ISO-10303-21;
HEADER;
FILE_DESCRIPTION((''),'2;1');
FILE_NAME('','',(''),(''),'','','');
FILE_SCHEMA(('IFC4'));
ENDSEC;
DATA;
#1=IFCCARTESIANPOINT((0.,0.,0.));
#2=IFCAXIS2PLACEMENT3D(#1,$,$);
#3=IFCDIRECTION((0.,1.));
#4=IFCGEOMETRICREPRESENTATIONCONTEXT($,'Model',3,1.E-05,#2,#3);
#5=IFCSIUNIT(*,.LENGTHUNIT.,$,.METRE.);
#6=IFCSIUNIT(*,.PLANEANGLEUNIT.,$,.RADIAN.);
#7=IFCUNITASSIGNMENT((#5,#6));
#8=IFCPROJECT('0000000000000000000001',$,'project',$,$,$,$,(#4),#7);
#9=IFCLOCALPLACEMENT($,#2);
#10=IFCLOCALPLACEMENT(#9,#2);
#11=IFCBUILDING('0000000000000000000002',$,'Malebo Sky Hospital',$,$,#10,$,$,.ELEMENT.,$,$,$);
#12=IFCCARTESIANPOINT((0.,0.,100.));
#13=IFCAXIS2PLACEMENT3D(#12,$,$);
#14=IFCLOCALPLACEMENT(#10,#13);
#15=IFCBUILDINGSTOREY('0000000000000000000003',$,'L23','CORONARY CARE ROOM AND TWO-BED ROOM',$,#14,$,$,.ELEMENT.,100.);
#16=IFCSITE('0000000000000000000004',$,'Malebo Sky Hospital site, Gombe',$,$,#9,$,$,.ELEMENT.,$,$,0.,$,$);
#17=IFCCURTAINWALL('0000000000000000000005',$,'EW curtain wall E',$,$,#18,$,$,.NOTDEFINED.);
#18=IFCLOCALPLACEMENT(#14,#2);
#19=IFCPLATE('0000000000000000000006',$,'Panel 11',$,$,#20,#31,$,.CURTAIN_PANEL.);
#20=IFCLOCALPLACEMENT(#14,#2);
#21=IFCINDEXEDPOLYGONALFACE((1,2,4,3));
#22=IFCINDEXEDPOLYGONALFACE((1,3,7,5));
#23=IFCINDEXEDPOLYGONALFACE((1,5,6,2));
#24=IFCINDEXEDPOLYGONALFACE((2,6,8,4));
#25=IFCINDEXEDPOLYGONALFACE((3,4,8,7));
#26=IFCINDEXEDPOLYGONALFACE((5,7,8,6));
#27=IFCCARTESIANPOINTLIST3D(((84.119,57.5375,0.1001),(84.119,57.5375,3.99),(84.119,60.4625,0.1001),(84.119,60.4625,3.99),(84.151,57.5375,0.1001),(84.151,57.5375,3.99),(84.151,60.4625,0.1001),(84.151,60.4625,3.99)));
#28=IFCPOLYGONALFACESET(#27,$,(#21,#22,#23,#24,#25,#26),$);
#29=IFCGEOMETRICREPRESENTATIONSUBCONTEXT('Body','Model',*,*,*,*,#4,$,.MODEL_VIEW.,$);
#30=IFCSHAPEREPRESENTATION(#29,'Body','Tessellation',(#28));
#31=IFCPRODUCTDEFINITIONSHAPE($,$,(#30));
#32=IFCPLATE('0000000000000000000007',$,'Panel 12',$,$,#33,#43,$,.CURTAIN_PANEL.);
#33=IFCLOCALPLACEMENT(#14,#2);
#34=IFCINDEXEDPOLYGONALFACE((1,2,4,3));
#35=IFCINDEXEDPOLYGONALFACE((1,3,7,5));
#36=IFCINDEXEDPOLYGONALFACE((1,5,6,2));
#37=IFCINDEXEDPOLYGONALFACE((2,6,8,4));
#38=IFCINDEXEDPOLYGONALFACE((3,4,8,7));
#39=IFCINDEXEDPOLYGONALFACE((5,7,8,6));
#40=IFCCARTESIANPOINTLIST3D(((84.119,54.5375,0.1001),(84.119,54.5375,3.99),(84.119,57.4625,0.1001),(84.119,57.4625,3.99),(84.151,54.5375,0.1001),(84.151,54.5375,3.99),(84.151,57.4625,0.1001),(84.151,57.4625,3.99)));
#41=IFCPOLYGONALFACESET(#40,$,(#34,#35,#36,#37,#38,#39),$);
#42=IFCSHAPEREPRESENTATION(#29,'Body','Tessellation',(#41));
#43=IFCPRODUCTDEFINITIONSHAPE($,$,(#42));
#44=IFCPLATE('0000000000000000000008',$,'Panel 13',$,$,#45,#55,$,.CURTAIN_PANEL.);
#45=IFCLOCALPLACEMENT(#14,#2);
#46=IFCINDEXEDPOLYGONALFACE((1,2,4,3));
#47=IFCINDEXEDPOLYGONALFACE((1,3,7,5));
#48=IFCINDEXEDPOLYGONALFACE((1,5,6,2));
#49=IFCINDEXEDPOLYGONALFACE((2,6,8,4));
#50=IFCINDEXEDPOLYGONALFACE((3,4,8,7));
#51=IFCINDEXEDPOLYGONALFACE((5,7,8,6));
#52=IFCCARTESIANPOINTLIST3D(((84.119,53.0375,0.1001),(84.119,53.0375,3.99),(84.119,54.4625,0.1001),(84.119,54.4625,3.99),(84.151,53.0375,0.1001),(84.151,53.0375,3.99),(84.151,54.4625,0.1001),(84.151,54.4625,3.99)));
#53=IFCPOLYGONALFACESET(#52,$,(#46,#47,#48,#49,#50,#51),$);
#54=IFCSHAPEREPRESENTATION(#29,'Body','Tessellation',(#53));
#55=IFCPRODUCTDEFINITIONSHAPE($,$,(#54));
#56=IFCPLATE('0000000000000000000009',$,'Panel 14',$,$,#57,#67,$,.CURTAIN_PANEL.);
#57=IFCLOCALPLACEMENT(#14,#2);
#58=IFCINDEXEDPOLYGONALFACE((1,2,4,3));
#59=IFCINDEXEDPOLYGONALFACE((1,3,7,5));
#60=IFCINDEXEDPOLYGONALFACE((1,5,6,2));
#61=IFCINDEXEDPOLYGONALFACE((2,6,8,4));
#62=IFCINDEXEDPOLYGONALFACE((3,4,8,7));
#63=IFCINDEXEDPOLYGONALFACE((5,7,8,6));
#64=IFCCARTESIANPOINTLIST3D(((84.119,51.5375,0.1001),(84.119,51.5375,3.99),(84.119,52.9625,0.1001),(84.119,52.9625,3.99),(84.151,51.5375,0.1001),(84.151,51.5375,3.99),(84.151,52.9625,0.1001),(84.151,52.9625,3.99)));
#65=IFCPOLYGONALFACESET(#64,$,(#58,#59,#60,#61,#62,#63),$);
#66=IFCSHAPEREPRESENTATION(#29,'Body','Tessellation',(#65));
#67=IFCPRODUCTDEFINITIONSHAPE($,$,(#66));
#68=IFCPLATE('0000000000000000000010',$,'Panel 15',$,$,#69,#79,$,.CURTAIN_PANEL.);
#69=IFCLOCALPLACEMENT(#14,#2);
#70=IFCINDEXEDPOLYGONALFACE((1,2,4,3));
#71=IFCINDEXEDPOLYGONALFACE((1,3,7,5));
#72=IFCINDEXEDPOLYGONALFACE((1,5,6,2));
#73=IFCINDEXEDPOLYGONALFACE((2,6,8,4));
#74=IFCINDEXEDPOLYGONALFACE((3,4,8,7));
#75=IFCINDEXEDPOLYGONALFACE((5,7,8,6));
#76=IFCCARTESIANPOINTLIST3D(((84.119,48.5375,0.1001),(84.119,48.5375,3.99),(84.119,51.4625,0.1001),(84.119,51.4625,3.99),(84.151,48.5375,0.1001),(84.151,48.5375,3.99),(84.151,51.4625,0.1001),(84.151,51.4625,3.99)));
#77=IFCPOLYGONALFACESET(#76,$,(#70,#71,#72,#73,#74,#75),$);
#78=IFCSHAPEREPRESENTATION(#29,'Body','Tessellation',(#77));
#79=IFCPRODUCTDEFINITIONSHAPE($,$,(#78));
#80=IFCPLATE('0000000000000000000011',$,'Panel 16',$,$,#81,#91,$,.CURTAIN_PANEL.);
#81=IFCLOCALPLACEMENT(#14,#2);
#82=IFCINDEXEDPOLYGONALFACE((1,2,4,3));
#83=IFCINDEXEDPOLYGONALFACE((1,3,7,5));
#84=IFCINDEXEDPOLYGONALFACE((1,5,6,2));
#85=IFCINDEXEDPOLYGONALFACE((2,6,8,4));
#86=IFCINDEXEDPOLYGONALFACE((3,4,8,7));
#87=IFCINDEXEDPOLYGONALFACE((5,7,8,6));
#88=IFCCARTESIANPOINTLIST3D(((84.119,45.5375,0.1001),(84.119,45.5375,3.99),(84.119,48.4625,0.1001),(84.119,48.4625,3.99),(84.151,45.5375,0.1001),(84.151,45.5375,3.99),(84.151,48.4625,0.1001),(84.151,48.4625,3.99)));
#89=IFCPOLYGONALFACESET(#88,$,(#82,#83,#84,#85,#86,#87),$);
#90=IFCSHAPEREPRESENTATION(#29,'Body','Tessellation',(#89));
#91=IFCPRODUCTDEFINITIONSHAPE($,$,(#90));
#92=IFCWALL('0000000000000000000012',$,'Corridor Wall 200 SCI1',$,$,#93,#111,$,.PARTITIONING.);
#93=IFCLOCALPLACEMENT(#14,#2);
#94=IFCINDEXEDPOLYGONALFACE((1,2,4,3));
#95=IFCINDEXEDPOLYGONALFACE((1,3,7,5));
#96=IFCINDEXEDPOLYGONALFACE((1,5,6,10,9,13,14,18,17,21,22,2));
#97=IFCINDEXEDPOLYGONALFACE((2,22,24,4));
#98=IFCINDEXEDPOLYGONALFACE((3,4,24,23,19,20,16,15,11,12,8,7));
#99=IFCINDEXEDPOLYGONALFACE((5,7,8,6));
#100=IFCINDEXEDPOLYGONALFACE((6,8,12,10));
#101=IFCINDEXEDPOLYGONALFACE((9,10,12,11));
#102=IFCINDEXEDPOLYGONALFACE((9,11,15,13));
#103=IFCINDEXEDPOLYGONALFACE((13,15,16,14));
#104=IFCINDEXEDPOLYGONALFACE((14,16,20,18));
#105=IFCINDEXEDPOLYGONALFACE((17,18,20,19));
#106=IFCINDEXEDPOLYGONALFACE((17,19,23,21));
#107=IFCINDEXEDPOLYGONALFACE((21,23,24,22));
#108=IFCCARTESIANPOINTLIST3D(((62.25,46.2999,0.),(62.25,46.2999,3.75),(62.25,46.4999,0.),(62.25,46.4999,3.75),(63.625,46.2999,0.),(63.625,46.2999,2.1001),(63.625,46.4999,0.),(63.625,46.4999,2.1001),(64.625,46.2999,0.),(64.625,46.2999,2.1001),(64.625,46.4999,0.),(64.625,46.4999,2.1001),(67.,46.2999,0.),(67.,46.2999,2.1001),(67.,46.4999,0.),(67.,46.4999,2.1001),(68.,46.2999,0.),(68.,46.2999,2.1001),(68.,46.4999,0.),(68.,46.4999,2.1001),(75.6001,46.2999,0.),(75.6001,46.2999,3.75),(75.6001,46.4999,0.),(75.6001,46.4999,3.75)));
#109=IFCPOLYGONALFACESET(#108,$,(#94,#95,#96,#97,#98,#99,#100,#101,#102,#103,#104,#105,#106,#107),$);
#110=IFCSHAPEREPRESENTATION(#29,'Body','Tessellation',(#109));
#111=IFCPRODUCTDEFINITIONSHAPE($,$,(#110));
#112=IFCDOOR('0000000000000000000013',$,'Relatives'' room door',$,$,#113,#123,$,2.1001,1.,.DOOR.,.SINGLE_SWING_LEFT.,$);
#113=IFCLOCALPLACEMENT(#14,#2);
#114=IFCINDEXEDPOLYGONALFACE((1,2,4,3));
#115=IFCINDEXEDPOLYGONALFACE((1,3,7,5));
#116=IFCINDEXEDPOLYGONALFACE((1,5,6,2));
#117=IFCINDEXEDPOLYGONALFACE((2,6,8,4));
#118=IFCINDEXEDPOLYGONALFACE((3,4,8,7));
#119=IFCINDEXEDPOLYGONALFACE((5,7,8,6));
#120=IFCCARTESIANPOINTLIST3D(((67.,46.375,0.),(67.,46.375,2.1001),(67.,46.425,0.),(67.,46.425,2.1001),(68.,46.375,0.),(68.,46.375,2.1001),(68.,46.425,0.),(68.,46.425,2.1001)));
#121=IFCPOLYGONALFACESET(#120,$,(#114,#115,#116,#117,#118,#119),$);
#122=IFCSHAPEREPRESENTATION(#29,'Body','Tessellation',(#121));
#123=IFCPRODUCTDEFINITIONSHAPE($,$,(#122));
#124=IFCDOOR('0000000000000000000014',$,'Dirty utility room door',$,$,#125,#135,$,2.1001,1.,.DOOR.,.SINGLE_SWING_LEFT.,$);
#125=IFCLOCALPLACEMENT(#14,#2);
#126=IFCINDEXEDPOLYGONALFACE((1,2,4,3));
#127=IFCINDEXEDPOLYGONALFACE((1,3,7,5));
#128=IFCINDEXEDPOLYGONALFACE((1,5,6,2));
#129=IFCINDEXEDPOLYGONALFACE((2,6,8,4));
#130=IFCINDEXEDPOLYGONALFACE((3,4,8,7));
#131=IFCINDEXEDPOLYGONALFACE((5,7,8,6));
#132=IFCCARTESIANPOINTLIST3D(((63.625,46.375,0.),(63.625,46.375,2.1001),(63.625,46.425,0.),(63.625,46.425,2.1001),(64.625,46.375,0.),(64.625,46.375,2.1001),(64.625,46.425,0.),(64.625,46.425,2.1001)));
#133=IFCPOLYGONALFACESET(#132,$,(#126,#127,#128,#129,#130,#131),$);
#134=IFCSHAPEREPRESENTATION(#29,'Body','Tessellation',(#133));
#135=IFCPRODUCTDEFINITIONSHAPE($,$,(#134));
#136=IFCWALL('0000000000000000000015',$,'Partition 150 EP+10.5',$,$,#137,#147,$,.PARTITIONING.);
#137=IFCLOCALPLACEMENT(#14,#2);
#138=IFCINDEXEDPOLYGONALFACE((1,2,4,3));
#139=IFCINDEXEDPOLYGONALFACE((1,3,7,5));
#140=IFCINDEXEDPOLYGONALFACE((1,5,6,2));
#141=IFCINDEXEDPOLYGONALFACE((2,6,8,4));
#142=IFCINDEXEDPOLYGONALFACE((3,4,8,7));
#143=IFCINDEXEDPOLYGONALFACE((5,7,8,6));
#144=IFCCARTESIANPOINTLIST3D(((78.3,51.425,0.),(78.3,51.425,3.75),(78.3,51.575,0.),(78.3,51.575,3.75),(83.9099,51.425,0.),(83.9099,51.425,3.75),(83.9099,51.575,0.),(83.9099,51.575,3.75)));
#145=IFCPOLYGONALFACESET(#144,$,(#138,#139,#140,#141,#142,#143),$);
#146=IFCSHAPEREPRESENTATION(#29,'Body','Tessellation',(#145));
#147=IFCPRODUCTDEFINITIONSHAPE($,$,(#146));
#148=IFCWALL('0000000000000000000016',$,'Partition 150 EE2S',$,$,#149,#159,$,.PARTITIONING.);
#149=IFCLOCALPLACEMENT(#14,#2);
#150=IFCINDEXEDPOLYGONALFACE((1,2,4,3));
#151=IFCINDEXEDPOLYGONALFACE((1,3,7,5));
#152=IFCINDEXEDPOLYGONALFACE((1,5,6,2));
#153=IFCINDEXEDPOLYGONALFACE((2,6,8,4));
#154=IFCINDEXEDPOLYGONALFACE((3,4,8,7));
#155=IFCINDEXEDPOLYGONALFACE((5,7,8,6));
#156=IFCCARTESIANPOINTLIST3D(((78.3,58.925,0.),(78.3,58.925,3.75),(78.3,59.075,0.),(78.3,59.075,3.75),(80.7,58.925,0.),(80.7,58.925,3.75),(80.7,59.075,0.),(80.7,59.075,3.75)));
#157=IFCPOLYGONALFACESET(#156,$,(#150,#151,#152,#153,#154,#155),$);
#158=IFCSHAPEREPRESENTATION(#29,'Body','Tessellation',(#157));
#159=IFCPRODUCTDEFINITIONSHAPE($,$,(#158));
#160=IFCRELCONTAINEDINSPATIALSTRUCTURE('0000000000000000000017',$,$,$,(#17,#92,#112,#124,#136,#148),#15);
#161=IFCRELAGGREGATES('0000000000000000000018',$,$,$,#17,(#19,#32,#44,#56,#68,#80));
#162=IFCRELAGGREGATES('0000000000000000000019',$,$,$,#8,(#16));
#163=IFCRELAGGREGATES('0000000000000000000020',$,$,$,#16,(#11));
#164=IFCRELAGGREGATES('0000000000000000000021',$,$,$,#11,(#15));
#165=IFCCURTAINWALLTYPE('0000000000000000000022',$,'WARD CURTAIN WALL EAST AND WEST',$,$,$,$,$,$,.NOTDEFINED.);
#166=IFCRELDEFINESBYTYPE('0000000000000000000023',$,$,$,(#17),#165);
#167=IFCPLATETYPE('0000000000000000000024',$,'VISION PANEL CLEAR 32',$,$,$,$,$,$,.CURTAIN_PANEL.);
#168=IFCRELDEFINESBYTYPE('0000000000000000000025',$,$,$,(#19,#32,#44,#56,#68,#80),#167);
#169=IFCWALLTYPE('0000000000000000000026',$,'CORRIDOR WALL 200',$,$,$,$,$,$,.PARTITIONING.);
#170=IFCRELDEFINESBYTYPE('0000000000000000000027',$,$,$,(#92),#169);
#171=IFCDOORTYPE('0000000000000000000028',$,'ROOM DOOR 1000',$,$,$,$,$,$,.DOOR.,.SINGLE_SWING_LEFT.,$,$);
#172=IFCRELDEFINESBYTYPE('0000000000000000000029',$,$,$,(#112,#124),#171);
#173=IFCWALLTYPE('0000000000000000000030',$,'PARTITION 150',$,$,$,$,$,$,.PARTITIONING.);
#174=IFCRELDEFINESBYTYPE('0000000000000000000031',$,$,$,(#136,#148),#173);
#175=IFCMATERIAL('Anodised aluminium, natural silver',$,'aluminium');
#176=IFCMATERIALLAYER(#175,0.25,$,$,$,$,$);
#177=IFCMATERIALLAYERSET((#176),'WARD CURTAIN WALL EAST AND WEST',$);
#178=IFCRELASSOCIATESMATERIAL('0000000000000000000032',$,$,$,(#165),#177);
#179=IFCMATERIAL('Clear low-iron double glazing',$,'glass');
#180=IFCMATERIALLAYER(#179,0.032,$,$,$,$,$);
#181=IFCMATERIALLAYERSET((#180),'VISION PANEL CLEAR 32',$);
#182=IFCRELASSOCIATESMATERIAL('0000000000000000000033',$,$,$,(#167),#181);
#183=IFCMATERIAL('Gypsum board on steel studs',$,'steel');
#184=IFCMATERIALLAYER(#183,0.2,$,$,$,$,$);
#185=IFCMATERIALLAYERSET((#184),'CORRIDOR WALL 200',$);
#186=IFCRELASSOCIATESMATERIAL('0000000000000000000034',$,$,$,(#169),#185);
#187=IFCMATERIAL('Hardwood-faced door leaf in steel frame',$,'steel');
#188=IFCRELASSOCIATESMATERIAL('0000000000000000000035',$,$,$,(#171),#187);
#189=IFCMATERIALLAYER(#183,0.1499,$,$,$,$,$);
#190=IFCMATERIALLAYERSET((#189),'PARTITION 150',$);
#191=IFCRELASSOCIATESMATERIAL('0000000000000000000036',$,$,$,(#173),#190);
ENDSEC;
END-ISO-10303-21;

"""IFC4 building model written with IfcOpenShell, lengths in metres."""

from ifc_helpers import new_model, si_unit, direction, frame, frame_2d, origin, origin_2d, place, context, subcontext, project, spatial, rectangle, extrude, material, layer, layer_set, type_object, element, fill, aggregate, save


model = new_model("IFC4")

# Units and contexts
model_context = context("Model", 3, precision=1e-05, world=origin(), true_north=direction((0.0, 1.0)))
body_context = subcontext(model_context, "Body", "Model", "MODEL_VIEW")
ifc_project = project(units=[si_unit("LENGTHUNIT", "METRE"), si_unit("PLANEANGLEUNIT", "RADIAN")], contexts=[model_context])

# Site, building, storey
site_placement = place(None, origin())
site = spatial("IfcSite", under=ifc_project, at=site_placement, Name="Malebo Sky Hospital site, Gombe", CompositionType="ELEMENT", RefElevation=0.0)
building_placement = place(site_placement, origin())
building = spatial("IfcBuilding", under=site, at=building_placement, Name="Malebo Sky Hospital", CompositionType="ELEMENT")
storey_placement = place(building_placement, frame((0.0, 0.0, 100.0)))
storey = spatial("IfcBuildingStorey", under=building, at=storey_placement, Name="L23", Description="CORONARY CARE ROOM AND TWO-BED ROOM", CompositionType="ELEMENT", Elevation=100.0)

# Curtain wall
ifc_material_1 = material(Name="Anodised aluminium, natural silver", Category="aluminium")
ifc_layer_1 = layer(ifc_material_1, 0.25)
ifc_layer_set_1 = layer_set([ifc_layer_1], Name="WARD CURTAIN WALL EAST AND WEST")
curtain_wall_type = type_object("IfcCurtainWallType", Name="WARD CURTAIN WALL EAST AND WEST", PredefinedType="NOTDEFINED", material=ifc_layer_set_1)
curtain_wall_placement = place(storey_placement, origin())
curtain_wall = element("IfcCurtainWall", 1, at=curtain_wall_placement, inside=storey, type_object=curtain_wall_type, Name="EW curtain wall E", PredefinedType="NOTDEFINED")

# Plates
ifc_material_2 = material(Name="Clear low-iron double glazing", Category="glass")
ifc_layer_2 = layer(ifc_material_2, 0.032)
ifc_layer_set_2 = layer_set([ifc_layer_2], Name="VISION PANEL CLEAR 32")
plate_type = type_object("IfcPlateType", Name="VISION PANEL CLEAR 32", PredefinedType="CURTAIN_PANEL", material=ifc_layer_set_2)
plate_1_placement = place(storey_placement, frame((84.135, 59.0, 0.1001), z_axis=(0.0, 0.0, 1.0), x_axis=(0.0, -1.0, 0.0)))
plate_1 = element("IfcPlate", 2, at=plate_1_placement, type_object=plate_type, Name="Panel 11", PredefinedType="CURTAIN_PANEL", context=body_context, shape_type="SweptSolid", body=[
    extrude(rectangle(XDim=2.925, YDim=0.032, at=origin_2d()), origin(), (0.0, 0.0, 1.0), 3.8899),
])
plate_2_placement = place(storey_placement, frame((84.135, 56.0, 0.1001), z_axis=(0.0, 0.0, 1.0), x_axis=(0.0, -1.0, 0.0)))
plate_2 = element("IfcPlate", 3, at=plate_2_placement, type_object=plate_type, Name="Panel 12", PredefinedType="CURTAIN_PANEL", context=body_context, shape_type="SweptSolid", body=[
    extrude(rectangle(XDim=2.925, YDim=0.032, at=origin_2d()), origin(), (0.0, 0.0, 1.0), 3.8899),
])
plate_3_placement = place(storey_placement, frame((84.135, 53.75, 0.1001), z_axis=(0.0, 0.0, 1.0), x_axis=(0.0, -1.0, 0.0)))
plate_3 = element("IfcPlate", 4, at=plate_3_placement, type_object=plate_type, Name="Panel 13", PredefinedType="CURTAIN_PANEL", context=body_context, shape_type="SweptSolid", body=[
    extrude(rectangle(XDim=1.425, YDim=0.032, at=origin_2d()), origin(), (0.0, 0.0, 1.0), 3.8899),
])
plate_4_placement = place(storey_placement, frame((84.135, 52.25, 0.1001), z_axis=(0.0, 0.0, 1.0), x_axis=(0.0, -1.0, 0.0)))
plate_4 = element("IfcPlate", 5, at=plate_4_placement, type_object=plate_type, Name="Panel 14", PredefinedType="CURTAIN_PANEL", context=body_context, shape_type="SweptSolid", body=[
    extrude(rectangle(XDim=1.425, YDim=0.032, at=origin_2d()), origin(), (0.0, 0.0, 1.0), 3.8899),
])
plate_5_placement = place(storey_placement, frame((84.135, 50.0, 0.1001), z_axis=(0.0, 0.0, 1.0), x_axis=(0.0, -1.0, 0.0)))
plate_5 = element("IfcPlate", 6, at=plate_5_placement, type_object=plate_type, Name="Panel 15", PredefinedType="CURTAIN_PANEL", context=body_context, shape_type="SweptSolid", body=[
    extrude(rectangle(XDim=2.925, YDim=0.032, at=origin_2d()), origin(), (0.0, 0.0, 1.0), 3.8899),
])
plate_6_placement = place(storey_placement, frame((84.135, 47.0, 0.1001), z_axis=(0.0, 0.0, 1.0), x_axis=(0.0, -1.0, 0.0)))
plate_6 = element("IfcPlate", 7, at=plate_6_placement, type_object=plate_type, Name="Panel 16", PredefinedType="CURTAIN_PANEL", context=body_context, shape_type="SweptSolid", body=[
    extrude(rectangle(XDim=2.925, YDim=0.032, at=origin_2d()), origin(), (0.0, 0.0, 1.0), 3.8899),
])
aggregate(curtain_wall, [plate_1, plate_2, plate_3, plate_4, plate_5, plate_6])

# Wall, openings, doors
ifc_material_3 = material(Name="Gypsum board on steel studs", Category="steel")
ifc_layer_3 = layer(ifc_material_3, 0.2)
ifc_layer_set_3 = layer_set([ifc_layer_3], Name="CORRIDOR WALL 200")
wall_type_1 = type_object("IfcWallType", Name="CORRIDOR WALL 200", PredefinedType="PARTITIONING", material=ifc_layer_set_3)
wall_1_placement = place(storey_placement, frame((75.6001, 46.3999, 0.0), z_axis=(0.0, 0.0, 1.0), x_axis=(-1.0, 0.0, 0.0)))
wall_1 = element("IfcWall", 8, at=wall_1_placement, inside=storey, type_object=wall_type_1, Name="Corridor Wall 200 SCI1", PredefinedType="PARTITIONING", context=body_context, shape_type="SweptSolid", body=[
    extrude(rectangle(XDim=13.3501, YDim=0.2, at=frame_2d((6.675, 0.0))), origin(), (0.0, 0.0, 1.0), 3.75),
])
opening_1_placement = place(wall_1_placement, frame((7.6001, 0.0, 0.0)))
opening_1 = element("IfcOpeningElement", 9, at=opening_1_placement, cuts=wall_1, PredefinedType="OPENING", context=body_context, shape_type="SweptSolid", body=[
    extrude(rectangle(XDim=1.0, YDim=2.1001, at=frame_2d((0.5, 1.05))), frame((0.0, 0.1099, 0.0), z_axis=(0.0, -1.0, 0.0), x_axis=(1.0, 0.0, 0.0)), (0.0, 0.0, 1.0), 0.22),
])
opening_2_placement = place(wall_1_placement, frame((10.9751, 0.0, 0.0)))
opening_2 = element("IfcOpeningElement", 10, at=opening_2_placement, cuts=wall_1, PredefinedType="OPENING", context=body_context, shape_type="SweptSolid", body=[
    extrude(rectangle(XDim=1.0, YDim=2.1001, at=frame_2d((0.5, 1.05))), frame((0.0, 0.1099, 0.0), z_axis=(0.0, -1.0, 0.0), x_axis=(1.0, 0.0, 0.0)), (0.0, 0.0, 1.0), 0.22),
])
ifc_material_4 = material(Name="Hardwood-faced door leaf in steel frame", Category="steel")
door_type_1 = type_object("IfcDoorType", Name="ROOM DOOR 1000", OperationType="SINGLE_SWING_LEFT", PredefinedType="DOOR", material=ifc_material_4)
door_1_placement = place(opening_1_placement, origin())
door_1 = element("IfcDoor", 11, at=door_1_placement, inside=storey, type_object=door_type_1, Name="Relatives' room door", OperationType="SINGLE_SWING_LEFT", OverallHeight=2.1001, OverallWidth=1.0, PredefinedType="DOOR", context=body_context, shape_type="SweptSolid", body=[
    extrude(rectangle(XDim=1.0, YDim=2.1001, at=frame_2d((0.5, 1.05))), frame((0.0, 0.0249, 0.0), z_axis=(0.0, -1.0, 0.0), x_axis=(1.0, 0.0, 0.0)), (0.0, 0.0, 1.0), 0.05),
])
fill(opening_1, door_1)
door_2_placement = place(opening_2_placement, origin())
door_2 = element("IfcDoor", 12, at=door_2_placement, inside=storey, type_object=door_type_1, Name="Dirty utility room door", OperationType="SINGLE_SWING_LEFT", OverallHeight=2.1001, OverallWidth=1.0, PredefinedType="DOOR", context=body_context, shape_type="SweptSolid", body=[
    extrude(rectangle(XDim=1.0, YDim=2.1001, at=frame_2d((0.5, 1.05))), frame((0.0, 0.0249, 0.0), z_axis=(0.0, -1.0, 0.0), x_axis=(1.0, 0.0, 0.0)), (0.0, 0.0, 1.0), 0.05),
])
fill(opening_2, door_2)

# Walls
ifc_layer_4 = layer(ifc_material_3, 0.1499)
ifc_layer_set_4 = layer_set([ifc_layer_4], Name="PARTITION 150")
wall_type_2 = type_object("IfcWallType", Name="PARTITION 150", PredefinedType="PARTITIONING", material=ifc_layer_set_4)
wall_2_placement = place(storey_placement, frame((78.3, 51.5, 0.0), z_axis=(0.0, 0.0, 1.0), x_axis=(1.0, 0.0, 0.0)))
element("IfcWall", 13, at=wall_2_placement, inside=storey, type_object=wall_type_2, Name="Partition 150 EP+10.5", PredefinedType="PARTITIONING", context=body_context, shape_type="SweptSolid", body=[
    extrude(rectangle(XDim=5.6099, YDim=0.1499, at=frame_2d((2.8049, 0.0))), origin(), (0.0, 0.0, 1.0), 3.75),
])
wall_3_placement = place(storey_placement, frame((78.3, 59.0, 0.0), z_axis=(0.0, 0.0, 1.0), x_axis=(1.0, 0.0, 0.0)))
element("IfcWall", 14, at=wall_3_placement, inside=storey, type_object=wall_type_2, Name="Partition 150 EE2S", PredefinedType="PARTITIONING", context=body_context, shape_type="SweptSolid", body=[
    extrude(rectangle(XDim=2.3999, YDim=0.1499, at=frame_2d((1.2, 0.0))), origin(), (0.0, 0.0, 1.0), 3.75),
])

save(model, "model.ifc")
